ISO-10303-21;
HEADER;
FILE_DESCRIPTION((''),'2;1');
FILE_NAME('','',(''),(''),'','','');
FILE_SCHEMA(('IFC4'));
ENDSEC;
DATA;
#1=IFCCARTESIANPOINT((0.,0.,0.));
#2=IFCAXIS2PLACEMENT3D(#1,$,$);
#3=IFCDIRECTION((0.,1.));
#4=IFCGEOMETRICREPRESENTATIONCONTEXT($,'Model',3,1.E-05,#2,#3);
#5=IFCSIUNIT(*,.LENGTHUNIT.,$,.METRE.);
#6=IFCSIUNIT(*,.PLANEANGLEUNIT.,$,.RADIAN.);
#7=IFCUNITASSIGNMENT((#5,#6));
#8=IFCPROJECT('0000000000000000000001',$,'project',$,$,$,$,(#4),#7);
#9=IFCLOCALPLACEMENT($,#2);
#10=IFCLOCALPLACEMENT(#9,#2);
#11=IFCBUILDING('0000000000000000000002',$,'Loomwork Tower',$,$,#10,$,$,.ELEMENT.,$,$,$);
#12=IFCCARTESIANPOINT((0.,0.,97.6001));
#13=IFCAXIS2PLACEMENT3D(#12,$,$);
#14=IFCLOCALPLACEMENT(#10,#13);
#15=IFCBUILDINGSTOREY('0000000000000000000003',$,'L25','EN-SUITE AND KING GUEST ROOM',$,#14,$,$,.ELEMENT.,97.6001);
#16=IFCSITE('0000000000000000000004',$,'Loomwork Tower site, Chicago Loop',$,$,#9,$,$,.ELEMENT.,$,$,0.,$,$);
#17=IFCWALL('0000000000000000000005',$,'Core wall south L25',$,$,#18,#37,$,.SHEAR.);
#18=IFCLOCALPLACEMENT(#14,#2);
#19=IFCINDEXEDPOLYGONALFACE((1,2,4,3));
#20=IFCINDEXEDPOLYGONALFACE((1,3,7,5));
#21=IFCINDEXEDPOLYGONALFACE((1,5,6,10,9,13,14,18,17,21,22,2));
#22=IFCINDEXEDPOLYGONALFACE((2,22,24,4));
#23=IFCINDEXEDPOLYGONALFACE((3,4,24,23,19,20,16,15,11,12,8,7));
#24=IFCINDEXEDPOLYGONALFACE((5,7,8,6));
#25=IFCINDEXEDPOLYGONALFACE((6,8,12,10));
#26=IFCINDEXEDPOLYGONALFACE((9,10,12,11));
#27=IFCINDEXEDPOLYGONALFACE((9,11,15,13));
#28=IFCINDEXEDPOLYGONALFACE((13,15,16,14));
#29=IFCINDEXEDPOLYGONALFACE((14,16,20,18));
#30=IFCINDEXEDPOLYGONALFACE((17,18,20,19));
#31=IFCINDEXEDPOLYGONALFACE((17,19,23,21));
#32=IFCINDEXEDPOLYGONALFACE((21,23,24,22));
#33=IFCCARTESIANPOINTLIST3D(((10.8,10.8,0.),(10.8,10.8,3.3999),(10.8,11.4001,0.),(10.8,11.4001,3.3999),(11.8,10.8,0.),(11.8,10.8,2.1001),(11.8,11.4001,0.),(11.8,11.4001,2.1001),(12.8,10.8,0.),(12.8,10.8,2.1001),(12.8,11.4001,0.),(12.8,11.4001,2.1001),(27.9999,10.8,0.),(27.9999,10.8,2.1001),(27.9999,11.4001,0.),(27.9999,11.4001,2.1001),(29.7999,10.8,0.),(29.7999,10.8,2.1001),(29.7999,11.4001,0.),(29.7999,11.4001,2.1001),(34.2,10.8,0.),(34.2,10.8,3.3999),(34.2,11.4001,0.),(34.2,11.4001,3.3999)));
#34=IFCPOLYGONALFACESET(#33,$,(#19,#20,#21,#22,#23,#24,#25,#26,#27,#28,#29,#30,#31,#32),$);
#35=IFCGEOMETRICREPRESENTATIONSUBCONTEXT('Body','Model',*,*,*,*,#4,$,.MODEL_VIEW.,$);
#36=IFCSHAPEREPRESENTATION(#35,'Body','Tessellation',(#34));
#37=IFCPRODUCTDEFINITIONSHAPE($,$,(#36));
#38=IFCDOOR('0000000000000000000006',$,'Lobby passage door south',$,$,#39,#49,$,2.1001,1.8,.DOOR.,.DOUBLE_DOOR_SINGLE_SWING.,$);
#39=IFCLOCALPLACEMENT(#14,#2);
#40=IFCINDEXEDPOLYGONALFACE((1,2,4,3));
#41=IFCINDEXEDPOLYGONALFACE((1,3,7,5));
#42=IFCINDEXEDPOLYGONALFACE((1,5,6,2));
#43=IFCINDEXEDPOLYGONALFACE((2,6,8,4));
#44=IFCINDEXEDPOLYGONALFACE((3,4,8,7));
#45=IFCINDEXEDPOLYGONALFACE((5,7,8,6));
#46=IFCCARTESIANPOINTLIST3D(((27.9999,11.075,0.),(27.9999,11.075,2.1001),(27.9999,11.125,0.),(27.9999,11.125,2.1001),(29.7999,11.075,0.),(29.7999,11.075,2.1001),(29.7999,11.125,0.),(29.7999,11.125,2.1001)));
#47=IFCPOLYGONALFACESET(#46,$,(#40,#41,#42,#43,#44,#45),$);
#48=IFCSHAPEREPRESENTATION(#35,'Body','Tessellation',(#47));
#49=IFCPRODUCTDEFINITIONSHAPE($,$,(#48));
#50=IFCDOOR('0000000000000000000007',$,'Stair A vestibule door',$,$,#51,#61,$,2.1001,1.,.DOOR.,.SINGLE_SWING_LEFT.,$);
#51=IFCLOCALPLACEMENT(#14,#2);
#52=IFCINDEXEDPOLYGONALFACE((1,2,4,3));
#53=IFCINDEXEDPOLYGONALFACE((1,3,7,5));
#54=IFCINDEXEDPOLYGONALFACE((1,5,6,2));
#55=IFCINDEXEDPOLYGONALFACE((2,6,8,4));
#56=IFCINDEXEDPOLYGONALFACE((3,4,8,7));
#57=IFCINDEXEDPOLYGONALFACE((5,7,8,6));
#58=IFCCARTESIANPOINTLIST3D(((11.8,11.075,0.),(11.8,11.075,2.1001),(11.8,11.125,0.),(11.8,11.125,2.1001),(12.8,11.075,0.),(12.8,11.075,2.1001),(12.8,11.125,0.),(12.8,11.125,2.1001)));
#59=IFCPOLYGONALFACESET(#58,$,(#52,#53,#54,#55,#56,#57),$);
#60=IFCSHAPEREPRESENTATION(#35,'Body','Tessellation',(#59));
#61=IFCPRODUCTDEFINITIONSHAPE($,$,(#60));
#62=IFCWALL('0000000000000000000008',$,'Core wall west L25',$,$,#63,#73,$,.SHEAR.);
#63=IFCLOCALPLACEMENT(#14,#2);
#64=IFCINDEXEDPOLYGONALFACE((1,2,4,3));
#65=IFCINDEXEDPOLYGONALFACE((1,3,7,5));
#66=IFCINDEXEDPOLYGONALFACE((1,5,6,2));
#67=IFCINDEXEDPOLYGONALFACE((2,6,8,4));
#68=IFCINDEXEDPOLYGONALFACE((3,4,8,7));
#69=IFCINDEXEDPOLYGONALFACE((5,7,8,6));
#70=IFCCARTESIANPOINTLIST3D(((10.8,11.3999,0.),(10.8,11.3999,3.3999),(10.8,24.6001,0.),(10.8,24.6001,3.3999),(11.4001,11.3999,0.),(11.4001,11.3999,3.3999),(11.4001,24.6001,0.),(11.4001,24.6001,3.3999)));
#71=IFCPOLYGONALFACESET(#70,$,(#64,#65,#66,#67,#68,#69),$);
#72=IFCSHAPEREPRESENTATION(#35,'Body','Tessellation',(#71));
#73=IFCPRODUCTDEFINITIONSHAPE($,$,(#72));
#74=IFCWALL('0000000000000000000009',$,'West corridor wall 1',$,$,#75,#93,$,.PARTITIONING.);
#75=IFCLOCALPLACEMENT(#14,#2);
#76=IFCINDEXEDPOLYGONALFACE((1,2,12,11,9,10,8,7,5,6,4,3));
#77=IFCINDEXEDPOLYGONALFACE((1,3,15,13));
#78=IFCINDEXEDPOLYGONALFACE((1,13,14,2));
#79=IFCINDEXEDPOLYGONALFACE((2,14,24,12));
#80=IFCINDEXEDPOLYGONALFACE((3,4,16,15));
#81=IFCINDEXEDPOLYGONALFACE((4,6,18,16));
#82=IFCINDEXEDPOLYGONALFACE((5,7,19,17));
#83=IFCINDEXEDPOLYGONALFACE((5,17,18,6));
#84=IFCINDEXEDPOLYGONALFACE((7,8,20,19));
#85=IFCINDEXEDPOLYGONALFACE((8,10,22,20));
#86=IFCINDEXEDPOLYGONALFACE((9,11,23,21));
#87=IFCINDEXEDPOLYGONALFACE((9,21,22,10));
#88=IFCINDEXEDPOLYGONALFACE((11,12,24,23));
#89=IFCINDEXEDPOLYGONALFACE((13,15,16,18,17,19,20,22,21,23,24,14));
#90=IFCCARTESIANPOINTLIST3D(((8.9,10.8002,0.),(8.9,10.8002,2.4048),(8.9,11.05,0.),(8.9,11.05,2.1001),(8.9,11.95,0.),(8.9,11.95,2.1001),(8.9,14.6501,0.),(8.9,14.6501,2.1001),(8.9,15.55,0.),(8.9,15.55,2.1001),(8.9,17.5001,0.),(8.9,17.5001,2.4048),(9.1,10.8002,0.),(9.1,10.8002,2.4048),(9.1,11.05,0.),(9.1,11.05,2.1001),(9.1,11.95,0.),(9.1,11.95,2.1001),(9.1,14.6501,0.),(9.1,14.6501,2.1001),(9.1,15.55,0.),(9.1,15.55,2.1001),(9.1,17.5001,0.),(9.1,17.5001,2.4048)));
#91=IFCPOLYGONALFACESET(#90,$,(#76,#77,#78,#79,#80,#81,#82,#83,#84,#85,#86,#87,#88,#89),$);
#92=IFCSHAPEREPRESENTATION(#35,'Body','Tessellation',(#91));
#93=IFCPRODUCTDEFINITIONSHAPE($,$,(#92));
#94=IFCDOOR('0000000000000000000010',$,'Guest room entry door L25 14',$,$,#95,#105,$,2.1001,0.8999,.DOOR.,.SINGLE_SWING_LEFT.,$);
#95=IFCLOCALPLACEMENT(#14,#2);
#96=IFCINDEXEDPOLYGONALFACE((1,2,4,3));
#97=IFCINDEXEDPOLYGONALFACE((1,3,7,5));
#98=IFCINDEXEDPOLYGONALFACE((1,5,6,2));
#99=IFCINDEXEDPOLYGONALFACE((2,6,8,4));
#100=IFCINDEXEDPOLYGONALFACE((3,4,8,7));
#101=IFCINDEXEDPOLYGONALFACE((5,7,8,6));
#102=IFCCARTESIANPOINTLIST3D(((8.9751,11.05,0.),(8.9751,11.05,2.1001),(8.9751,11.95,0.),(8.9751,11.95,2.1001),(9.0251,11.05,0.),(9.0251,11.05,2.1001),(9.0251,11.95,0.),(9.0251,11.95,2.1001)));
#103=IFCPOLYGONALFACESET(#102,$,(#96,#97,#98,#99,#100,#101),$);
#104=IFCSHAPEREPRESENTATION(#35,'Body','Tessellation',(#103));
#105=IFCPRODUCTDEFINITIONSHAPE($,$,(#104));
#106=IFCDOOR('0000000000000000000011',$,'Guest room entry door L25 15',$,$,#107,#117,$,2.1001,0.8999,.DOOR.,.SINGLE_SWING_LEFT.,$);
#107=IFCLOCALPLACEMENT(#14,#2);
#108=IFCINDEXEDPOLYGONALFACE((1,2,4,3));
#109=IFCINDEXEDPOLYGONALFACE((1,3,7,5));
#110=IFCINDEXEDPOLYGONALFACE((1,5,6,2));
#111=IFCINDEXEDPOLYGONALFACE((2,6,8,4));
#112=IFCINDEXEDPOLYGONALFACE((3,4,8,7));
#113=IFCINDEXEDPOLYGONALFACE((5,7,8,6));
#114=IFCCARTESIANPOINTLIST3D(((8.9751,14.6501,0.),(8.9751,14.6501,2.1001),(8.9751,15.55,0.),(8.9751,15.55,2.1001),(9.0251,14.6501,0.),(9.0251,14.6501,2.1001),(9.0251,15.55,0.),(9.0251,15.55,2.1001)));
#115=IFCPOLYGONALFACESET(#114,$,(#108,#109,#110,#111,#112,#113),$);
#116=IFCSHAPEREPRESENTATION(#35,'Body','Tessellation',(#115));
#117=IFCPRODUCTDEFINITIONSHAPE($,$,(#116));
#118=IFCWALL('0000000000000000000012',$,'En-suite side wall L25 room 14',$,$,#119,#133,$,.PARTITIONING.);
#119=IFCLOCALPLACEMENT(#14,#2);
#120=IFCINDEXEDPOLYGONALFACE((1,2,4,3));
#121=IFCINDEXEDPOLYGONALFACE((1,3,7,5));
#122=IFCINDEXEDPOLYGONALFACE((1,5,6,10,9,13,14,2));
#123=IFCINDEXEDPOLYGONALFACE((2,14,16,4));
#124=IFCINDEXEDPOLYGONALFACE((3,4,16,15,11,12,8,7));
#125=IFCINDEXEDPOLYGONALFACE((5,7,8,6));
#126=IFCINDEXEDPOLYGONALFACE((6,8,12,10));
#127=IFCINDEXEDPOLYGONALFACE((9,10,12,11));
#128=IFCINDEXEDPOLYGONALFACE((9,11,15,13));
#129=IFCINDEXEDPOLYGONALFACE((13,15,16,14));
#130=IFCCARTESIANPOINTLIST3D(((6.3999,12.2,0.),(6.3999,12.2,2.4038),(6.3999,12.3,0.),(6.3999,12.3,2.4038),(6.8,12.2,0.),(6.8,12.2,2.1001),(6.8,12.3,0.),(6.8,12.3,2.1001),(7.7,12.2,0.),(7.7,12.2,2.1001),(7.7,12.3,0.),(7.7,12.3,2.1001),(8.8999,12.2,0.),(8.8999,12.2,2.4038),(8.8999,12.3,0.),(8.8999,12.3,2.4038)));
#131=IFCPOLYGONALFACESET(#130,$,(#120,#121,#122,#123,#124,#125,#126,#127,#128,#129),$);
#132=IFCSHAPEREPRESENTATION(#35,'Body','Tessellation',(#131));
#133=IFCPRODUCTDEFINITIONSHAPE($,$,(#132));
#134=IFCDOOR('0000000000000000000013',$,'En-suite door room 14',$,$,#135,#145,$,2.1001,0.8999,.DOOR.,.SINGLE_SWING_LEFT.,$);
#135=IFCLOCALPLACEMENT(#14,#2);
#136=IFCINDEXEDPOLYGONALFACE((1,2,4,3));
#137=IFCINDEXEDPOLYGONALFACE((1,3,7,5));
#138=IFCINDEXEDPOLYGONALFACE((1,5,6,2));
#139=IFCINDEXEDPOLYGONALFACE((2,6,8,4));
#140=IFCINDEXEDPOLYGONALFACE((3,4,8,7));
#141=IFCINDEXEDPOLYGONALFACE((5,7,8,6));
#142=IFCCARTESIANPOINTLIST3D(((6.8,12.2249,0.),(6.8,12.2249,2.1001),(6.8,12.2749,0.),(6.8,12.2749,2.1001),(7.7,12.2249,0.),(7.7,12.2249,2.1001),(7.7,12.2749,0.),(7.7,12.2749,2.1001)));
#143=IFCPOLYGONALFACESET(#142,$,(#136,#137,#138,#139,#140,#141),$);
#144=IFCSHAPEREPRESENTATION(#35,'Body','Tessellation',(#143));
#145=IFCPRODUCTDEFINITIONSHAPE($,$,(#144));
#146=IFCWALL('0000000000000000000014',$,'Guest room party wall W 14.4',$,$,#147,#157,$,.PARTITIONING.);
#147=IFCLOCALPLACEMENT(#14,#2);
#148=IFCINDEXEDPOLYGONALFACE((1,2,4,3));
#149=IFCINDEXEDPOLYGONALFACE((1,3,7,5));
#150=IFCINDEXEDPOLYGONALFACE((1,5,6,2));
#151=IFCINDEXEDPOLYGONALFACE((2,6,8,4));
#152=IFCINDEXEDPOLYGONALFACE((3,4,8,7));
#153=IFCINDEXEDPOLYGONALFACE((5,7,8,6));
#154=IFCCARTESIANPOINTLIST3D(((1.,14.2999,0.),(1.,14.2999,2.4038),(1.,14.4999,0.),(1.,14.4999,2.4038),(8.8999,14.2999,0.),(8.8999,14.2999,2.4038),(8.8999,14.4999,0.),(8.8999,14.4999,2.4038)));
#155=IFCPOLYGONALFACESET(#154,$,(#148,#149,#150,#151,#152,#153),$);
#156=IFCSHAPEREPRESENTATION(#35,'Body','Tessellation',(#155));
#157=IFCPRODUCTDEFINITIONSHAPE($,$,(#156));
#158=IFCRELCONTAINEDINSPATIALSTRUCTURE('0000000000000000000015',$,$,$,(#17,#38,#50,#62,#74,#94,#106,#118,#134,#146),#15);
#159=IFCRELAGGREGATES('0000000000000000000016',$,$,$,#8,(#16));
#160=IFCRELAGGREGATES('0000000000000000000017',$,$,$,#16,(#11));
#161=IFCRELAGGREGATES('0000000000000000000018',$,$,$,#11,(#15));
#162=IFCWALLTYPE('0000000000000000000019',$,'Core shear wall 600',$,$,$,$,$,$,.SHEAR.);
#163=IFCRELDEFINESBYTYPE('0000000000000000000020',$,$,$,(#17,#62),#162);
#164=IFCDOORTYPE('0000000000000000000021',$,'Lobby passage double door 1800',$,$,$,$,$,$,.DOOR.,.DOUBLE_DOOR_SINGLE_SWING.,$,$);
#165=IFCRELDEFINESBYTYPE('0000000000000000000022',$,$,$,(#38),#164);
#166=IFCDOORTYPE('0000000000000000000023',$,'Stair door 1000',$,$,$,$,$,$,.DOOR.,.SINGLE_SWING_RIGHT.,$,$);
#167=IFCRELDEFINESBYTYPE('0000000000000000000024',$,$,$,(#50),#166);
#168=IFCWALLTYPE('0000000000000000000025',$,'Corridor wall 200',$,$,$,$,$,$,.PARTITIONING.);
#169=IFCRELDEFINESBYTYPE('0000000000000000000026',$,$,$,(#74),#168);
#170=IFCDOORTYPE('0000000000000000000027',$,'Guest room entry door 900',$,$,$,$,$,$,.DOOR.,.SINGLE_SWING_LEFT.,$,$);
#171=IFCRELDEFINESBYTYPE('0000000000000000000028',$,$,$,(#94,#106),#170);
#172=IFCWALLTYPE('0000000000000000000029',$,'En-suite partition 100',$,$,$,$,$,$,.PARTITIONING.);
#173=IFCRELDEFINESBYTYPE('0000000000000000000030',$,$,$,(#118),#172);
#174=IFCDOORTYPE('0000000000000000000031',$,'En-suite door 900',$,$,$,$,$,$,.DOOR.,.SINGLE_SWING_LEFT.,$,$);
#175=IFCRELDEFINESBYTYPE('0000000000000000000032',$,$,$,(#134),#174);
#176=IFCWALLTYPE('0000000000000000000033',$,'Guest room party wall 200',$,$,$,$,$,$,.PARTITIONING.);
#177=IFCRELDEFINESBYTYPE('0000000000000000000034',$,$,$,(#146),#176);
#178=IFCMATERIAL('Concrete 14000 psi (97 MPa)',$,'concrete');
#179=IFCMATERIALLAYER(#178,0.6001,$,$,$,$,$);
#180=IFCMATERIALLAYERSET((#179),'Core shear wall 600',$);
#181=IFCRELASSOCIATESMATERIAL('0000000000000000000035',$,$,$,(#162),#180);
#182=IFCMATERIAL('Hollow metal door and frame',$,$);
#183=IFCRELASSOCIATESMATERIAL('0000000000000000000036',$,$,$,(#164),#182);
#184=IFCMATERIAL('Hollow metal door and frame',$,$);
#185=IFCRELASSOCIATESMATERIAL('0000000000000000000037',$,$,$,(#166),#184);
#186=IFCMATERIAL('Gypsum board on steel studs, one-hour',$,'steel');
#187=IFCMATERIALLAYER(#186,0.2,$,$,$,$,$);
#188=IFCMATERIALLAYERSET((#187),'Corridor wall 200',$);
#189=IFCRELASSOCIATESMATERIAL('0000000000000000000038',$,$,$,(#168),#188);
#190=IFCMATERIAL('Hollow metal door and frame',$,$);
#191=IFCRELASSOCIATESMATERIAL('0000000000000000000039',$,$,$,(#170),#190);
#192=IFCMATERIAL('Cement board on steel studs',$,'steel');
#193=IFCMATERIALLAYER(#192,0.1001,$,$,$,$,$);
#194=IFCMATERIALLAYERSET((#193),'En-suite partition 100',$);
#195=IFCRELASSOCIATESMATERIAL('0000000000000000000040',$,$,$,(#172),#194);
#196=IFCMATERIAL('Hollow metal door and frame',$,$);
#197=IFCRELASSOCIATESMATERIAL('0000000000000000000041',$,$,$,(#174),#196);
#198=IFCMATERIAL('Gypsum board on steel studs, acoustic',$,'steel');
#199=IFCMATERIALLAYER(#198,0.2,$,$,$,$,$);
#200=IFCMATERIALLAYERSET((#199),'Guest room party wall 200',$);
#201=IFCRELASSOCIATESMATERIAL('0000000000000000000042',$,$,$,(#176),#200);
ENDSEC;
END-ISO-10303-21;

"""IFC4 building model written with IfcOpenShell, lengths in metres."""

from ifc_helpers import new_model, si_unit, direction, frame, frame_2d, origin, place, context, subcontext, project, spatial, rectangle, extrude, material, layer, layer_set, type_object, element, fill, save


model = new_model("IFC4")

# Units and contexts
model_context = context("Model", 3, precision=1e-05, world=origin(), true_north=direction((0.0, 1.0)))
body_context = subcontext(model_context, "Body", "Model", "MODEL_VIEW")
ifc_project = project(units=[si_unit("LENGTHUNIT", "METRE"), si_unit("PLANEANGLEUNIT", "RADIAN")], contexts=[model_context])

# Site, building, storey
site_placement = place(None, origin())
site = spatial("IfcSite", under=ifc_project, at=site_placement, Name="Loomwork Tower site, Chicago Loop", CompositionType="ELEMENT", RefElevation=0.0)
building_placement = place(site_placement, origin())
building = spatial("IfcBuilding", under=site, at=building_placement, Name="Loomwork Tower", CompositionType="ELEMENT")
storey_placement = place(building_placement, frame((0.0, 0.0, 97.6001)))
storey = spatial("IfcBuildingStorey", under=building, at=storey_placement, Name="L25", Description="EN-SUITE AND KING GUEST ROOM", CompositionType="ELEMENT", Elevation=97.6001)

# Wall, openings, doors
ifc_material_1 = material(Name="Concrete 14000 psi (97 MPa)", Category="concrete")
ifc_layer_1 = layer(ifc_material_1, 0.6001)
ifc_layer_set_1 = layer_set([ifc_layer_1], Name="Core shear wall 600")
wall_type_1 = type_object("IfcWallType", Name="Core shear wall 600", PredefinedType="SHEAR", material=ifc_layer_set_1)
wall_1_placement = place(storey_placement, frame((10.8, 11.1001, 0.0), z_axis=(0.0, 0.0, 1.0), x_axis=(1.0, 0.0, 0.0)))
wall_1 = element("IfcWall", 1, at=wall_1_placement, inside=storey, type_object=wall_type_1, Name="Core wall south L25", PredefinedType="SHEAR", context=body_context, shape_type="SweptSolid", body=[
    extrude(rectangle(XDim=23.3999, YDim=0.6001, at=frame_2d((11.7, 0.0))), origin(), (0.0, 0.0, 1.0), 3.3999),
])
opening_1_placement = place(wall_1_placement, frame((1.0, 0.0, 0.0)))
opening_1 = element("IfcOpeningElement", 2, at=opening_1_placement, cuts=wall_1, PredefinedType="OPENING", context=body_context, shape_type="SweptSolid", body=[
    extrude(rectangle(XDim=1.0, YDim=2.1001, at=frame_2d((0.5, 1.05))), frame((0.0, 0.3101, 0.0), z_axis=(0.0, -1.0, 0.0), x_axis=(1.0, 0.0, 0.0)), (0.0, 0.0, 1.0), 0.6201),
])
opening_2_placement = place(wall_1_placement, frame((17.2, 0.0, 0.0)))
opening_2 = element("IfcOpeningElement", 3, at=opening_2_placement, cuts=wall_1, PredefinedType="OPENING", context=body_context, shape_type="SweptSolid", body=[
    extrude(rectangle(XDim=1.8, YDim=2.1001, at=frame_2d((0.8999, 1.05))), frame((0.0, 0.3101, 0.0), z_axis=(0.0, -1.0, 0.0), x_axis=(1.0, 0.0, 0.0)), (0.0, 0.0, 1.0), 0.6201),
])
ifc_material_2 = material(Name="Hollow metal door and frame")
door_type_1 = type_object("IfcDoorType", Name="Lobby passage double door 1800", OperationType="DOUBLE_DOOR_SINGLE_SWING", PredefinedType="DOOR", material=ifc_material_2)
door_1_placement = place(opening_2_placement, origin())
door_1 = element("IfcDoor", 4, at=door_1_placement, inside=storey, type_object=door_type_1, Name="Lobby passage door south", OperationType="DOUBLE_DOOR_SINGLE_SWING", OverallHeight=2.1001, OverallWidth=1.8, PredefinedType="DOOR", context=body_context, shape_type="SweptSolid", body=[
    extrude(rectangle(XDim=1.8, YDim=2.1001, at=frame_2d((0.8999, 1.05))), frame((0.0, 0.0249, 0.0), z_axis=(0.0, -1.0, 0.0), x_axis=(1.0, 0.0, 0.0)), (0.0, 0.0, 1.0), 0.05),
])
fill(opening_2, door_1)
ifc_material_3 = material(Name="Hollow metal door and frame")
door_type_2 = type_object("IfcDoorType", Name="Stair door 1000", OperationType="SINGLE_SWING_RIGHT", PredefinedType="DOOR", material=ifc_material_3)
door_2_placement = place(opening_1_placement, origin())
door_2 = element("IfcDoor", 5, at=door_2_placement, inside=storey, type_object=door_type_2, Name="Stair A vestibule door", OperationType="SINGLE_SWING_LEFT", OverallHeight=2.1001, OverallWidth=1.0, PredefinedType="DOOR", context=body_context, shape_type="SweptSolid", body=[
    extrude(rectangle(XDim=1.0, YDim=2.1001, at=frame_2d((0.5, 1.05))), frame((0.0, 0.0249, 0.0), z_axis=(0.0, -1.0, 0.0), x_axis=(1.0, 0.0, 0.0)), (0.0, 0.0, 1.0), 0.05),
])
fill(opening_1, door_2)

# Wall
wall_2_placement = place(storey_placement, frame((11.1001, 11.3999, 0.0), z_axis=(0.0, 0.0, 1.0), x_axis=(0.0, 1.0, 0.0)))
element("IfcWall", 6, at=wall_2_placement, inside=storey, type_object=wall_type_1, Name="Core wall west L25", PredefinedType="SHEAR", context=body_context, shape_type="SweptSolid", body=[
    extrude(rectangle(XDim=13.2002, YDim=0.6001, at=frame_2d((6.6001, 0.0))), origin(), (0.0, 0.0, 1.0), 3.3999),
])

# Wall, openings, doors
ifc_material_4 = material(Name="Gypsum board on steel studs, one-hour", Category="steel")
ifc_layer_2 = layer(ifc_material_4, 0.2)
ifc_layer_set_2 = layer_set([ifc_layer_2], Name="Corridor wall 200")
wall_type_2 = type_object("IfcWallType", Name="Corridor wall 200", PredefinedType="PARTITIONING", material=ifc_layer_set_2)
wall_3_placement = place(storey_placement, frame((9.0, 10.8, 0.0), z_axis=(0.0, 0.0, 1.0), x_axis=(0.0, 1.0, 0.0)))
wall_3 = element("IfcWall", 7, at=wall_3_placement, inside=storey, type_object=wall_type_2, Name="West corridor wall 1", PredefinedType="PARTITIONING", context=body_context, shape_type="SweptSolid", body=[
    extrude(rectangle(XDim=6.7, YDim=0.2, at=frame_2d((3.3501, 0.0))), origin(), (0.0, 0.0, 1.0), 2.4048),
])
opening_3_placement = place(wall_3_placement, frame((0.25, 0.0, 0.0)))
opening_3 = element("IfcOpeningElement", 8, at=opening_3_placement, cuts=wall_3, PredefinedType="OPENING", context=body_context, shape_type="SweptSolid", body=[
    extrude(rectangle(XDim=0.8999, YDim=2.1001, at=frame_2d((0.45, 1.05))), frame((0.0, 0.1099, 0.0), z_axis=(0.0, -1.0, 0.0), x_axis=(1.0, 0.0, 0.0)), (0.0, 0.0, 1.0), 0.22),
])
opening_4_placement = place(wall_3_placement, frame((3.8501, 0.0, 0.0)))
opening_4 = element("IfcOpeningElement", 9, at=opening_4_placement, cuts=wall_3, PredefinedType="OPENING", context=body_context, shape_type="SweptSolid", body=[
    extrude(rectangle(XDim=0.8999, YDim=2.1001, at=frame_2d((0.45, 1.05))), frame((0.0, 0.1099, 0.0), z_axis=(0.0, -1.0, 0.0), x_axis=(1.0, 0.0, 0.0)), (0.0, 0.0, 1.0), 0.22),
])
ifc_material_5 = material(Name="Hollow metal door and frame")
door_type_3 = type_object("IfcDoorType", Name="Guest room entry door 900", OperationType="SINGLE_SWING_LEFT", PredefinedType="DOOR", material=ifc_material_5)
door_3_placement = place(opening_3_placement, origin())
door_3 = element("IfcDoor", 10, at=door_3_placement, inside=storey, type_object=door_type_3, Name="Guest room entry door L25 14", OperationType="SINGLE_SWING_LEFT", OverallHeight=2.1001, OverallWidth=0.8999, PredefinedType="DOOR", context=body_context, shape_type="SweptSolid", body=[
    extrude(rectangle(XDim=0.8999, YDim=2.1001, at=frame_2d((0.45, 1.05))), frame((0.0, 0.0249, 0.0), z_axis=(0.0, -1.0, 0.0), x_axis=(1.0, 0.0, 0.0)), (0.0, 0.0, 1.0), 0.05),
])
fill(opening_3, door_3)
door_4_placement = place(opening_4_placement, origin())
door_4 = element("IfcDoor", 11, at=door_4_placement, inside=storey, type_object=door_type_3, Name="Guest room entry door L25 15", OperationType="SINGLE_SWING_LEFT", OverallHeight=2.1001, OverallWidth=0.8999, PredefinedType="DOOR", context=body_context, shape_type="SweptSolid", body=[
    extrude(rectangle(XDim=0.8999, YDim=2.1001, at=frame_2d((0.45, 1.05))), frame((0.0, 0.0249, 0.0), z_axis=(0.0, -1.0, 0.0), x_axis=(1.0, 0.0, 0.0)), (0.0, 0.0, 1.0), 0.05),
])
fill(opening_4, door_4)

# Wall, opening, door
ifc_material_6 = material(Name="Cement board on steel studs", Category="steel")
ifc_layer_3 = layer(ifc_material_6, 0.1001)
ifc_layer_set_3 = layer_set([ifc_layer_3], Name="En-suite partition 100")
wall_type_3 = type_object("IfcWallType", Name="En-suite partition 100", PredefinedType="PARTITIONING", material=ifc_layer_set_3)
wall_4_placement = place(storey_placement, frame((8.8999, 12.25, 0.0), z_axis=(0.0, 0.0, 1.0), x_axis=(-1.0, 0.0, 0.0)))
wall_4 = element("IfcWall", 12, at=wall_4_placement, inside=storey, type_object=wall_type_3, Name="En-suite side wall L25 room 14", PredefinedType="PARTITIONING", context=body_context, shape_type="SweptSolid", body=[
    extrude(rectangle(XDim=2.5, YDim=0.1001, at=frame_2d((1.25, 0.0))), origin(), (0.0, 0.0, 1.0), 2.4038),
])
opening_5_placement = place(wall_4_placement, frame((1.2, 0.0, 0.0)))
opening_5 = element("IfcOpeningElement", 13, at=opening_5_placement, cuts=wall_4, PredefinedType="OPENING", context=body_context, shape_type="SweptSolid", body=[
    extrude(rectangle(XDim=0.8999, YDim=2.1001, at=frame_2d((0.45, 1.05))), frame((0.0, 0.0601, 0.0), z_axis=(0.0, -1.0, 0.0), x_axis=(1.0, 0.0, 0.0)), (0.0, 0.0, 1.0), 0.1201),
])
ifc_material_7 = material(Name="Hollow metal door and frame")
door_type_4 = type_object("IfcDoorType", Name="En-suite door 900", OperationType="SINGLE_SWING_LEFT", PredefinedType="DOOR", material=ifc_material_7)
door_5_placement = place(opening_5_placement, frame((0.8999, 0.0, 0.0), z_axis=(0.0, 0.0, 1.0), x_axis=(-1.0, 0.0, 0.0)))
door_5 = element("IfcDoor", 14, at=door_5_placement, inside=storey, type_object=door_type_4, Name="En-suite door room 14", OperationType="SINGLE_SWING_LEFT", OverallHeight=2.1001, OverallWidth=0.8999, PredefinedType="DOOR", context=body_context, shape_type="SweptSolid", body=[
    extrude(rectangle(XDim=0.8999, YDim=2.1001, at=frame_2d((0.45, 1.05))), frame((0.0, 0.0249, 0.0), z_axis=(0.0, -1.0, 0.0), x_axis=(1.0, 0.0, 0.0)), (0.0, 0.0, 1.0), 0.05),
])
fill(opening_5, door_5)

# Wall
ifc_material_8 = material(Name="Gypsum board on steel studs, acoustic", Category="steel")
ifc_layer_4 = layer(ifc_material_8, 0.2)
ifc_layer_set_4 = layer_set([ifc_layer_4], Name="Guest room party wall 200")
wall_type_4 = type_object("IfcWallType", Name="Guest room party wall 200", PredefinedType="PARTITIONING", material=ifc_layer_set_4)
wall_5_placement = place(storey_placement, frame((8.8999, 14.3999, 0.0), z_axis=(0.0, 0.0, 1.0), x_axis=(-1.0, 0.0, 0.0)))
element("IfcWall", 15, at=wall_5_placement, inside=storey, type_object=wall_type_4, Name="Guest room party wall W 14.4", PredefinedType="PARTITIONING", context=body_context, shape_type="SweptSolid", body=[
    extrude(rectangle(XDim=7.8999, YDim=0.2, at=frame_2d((3.95, 0.0))), origin(), (0.0, 0.0, 1.0), 2.4038),
])

save(model, "model.ifc")
